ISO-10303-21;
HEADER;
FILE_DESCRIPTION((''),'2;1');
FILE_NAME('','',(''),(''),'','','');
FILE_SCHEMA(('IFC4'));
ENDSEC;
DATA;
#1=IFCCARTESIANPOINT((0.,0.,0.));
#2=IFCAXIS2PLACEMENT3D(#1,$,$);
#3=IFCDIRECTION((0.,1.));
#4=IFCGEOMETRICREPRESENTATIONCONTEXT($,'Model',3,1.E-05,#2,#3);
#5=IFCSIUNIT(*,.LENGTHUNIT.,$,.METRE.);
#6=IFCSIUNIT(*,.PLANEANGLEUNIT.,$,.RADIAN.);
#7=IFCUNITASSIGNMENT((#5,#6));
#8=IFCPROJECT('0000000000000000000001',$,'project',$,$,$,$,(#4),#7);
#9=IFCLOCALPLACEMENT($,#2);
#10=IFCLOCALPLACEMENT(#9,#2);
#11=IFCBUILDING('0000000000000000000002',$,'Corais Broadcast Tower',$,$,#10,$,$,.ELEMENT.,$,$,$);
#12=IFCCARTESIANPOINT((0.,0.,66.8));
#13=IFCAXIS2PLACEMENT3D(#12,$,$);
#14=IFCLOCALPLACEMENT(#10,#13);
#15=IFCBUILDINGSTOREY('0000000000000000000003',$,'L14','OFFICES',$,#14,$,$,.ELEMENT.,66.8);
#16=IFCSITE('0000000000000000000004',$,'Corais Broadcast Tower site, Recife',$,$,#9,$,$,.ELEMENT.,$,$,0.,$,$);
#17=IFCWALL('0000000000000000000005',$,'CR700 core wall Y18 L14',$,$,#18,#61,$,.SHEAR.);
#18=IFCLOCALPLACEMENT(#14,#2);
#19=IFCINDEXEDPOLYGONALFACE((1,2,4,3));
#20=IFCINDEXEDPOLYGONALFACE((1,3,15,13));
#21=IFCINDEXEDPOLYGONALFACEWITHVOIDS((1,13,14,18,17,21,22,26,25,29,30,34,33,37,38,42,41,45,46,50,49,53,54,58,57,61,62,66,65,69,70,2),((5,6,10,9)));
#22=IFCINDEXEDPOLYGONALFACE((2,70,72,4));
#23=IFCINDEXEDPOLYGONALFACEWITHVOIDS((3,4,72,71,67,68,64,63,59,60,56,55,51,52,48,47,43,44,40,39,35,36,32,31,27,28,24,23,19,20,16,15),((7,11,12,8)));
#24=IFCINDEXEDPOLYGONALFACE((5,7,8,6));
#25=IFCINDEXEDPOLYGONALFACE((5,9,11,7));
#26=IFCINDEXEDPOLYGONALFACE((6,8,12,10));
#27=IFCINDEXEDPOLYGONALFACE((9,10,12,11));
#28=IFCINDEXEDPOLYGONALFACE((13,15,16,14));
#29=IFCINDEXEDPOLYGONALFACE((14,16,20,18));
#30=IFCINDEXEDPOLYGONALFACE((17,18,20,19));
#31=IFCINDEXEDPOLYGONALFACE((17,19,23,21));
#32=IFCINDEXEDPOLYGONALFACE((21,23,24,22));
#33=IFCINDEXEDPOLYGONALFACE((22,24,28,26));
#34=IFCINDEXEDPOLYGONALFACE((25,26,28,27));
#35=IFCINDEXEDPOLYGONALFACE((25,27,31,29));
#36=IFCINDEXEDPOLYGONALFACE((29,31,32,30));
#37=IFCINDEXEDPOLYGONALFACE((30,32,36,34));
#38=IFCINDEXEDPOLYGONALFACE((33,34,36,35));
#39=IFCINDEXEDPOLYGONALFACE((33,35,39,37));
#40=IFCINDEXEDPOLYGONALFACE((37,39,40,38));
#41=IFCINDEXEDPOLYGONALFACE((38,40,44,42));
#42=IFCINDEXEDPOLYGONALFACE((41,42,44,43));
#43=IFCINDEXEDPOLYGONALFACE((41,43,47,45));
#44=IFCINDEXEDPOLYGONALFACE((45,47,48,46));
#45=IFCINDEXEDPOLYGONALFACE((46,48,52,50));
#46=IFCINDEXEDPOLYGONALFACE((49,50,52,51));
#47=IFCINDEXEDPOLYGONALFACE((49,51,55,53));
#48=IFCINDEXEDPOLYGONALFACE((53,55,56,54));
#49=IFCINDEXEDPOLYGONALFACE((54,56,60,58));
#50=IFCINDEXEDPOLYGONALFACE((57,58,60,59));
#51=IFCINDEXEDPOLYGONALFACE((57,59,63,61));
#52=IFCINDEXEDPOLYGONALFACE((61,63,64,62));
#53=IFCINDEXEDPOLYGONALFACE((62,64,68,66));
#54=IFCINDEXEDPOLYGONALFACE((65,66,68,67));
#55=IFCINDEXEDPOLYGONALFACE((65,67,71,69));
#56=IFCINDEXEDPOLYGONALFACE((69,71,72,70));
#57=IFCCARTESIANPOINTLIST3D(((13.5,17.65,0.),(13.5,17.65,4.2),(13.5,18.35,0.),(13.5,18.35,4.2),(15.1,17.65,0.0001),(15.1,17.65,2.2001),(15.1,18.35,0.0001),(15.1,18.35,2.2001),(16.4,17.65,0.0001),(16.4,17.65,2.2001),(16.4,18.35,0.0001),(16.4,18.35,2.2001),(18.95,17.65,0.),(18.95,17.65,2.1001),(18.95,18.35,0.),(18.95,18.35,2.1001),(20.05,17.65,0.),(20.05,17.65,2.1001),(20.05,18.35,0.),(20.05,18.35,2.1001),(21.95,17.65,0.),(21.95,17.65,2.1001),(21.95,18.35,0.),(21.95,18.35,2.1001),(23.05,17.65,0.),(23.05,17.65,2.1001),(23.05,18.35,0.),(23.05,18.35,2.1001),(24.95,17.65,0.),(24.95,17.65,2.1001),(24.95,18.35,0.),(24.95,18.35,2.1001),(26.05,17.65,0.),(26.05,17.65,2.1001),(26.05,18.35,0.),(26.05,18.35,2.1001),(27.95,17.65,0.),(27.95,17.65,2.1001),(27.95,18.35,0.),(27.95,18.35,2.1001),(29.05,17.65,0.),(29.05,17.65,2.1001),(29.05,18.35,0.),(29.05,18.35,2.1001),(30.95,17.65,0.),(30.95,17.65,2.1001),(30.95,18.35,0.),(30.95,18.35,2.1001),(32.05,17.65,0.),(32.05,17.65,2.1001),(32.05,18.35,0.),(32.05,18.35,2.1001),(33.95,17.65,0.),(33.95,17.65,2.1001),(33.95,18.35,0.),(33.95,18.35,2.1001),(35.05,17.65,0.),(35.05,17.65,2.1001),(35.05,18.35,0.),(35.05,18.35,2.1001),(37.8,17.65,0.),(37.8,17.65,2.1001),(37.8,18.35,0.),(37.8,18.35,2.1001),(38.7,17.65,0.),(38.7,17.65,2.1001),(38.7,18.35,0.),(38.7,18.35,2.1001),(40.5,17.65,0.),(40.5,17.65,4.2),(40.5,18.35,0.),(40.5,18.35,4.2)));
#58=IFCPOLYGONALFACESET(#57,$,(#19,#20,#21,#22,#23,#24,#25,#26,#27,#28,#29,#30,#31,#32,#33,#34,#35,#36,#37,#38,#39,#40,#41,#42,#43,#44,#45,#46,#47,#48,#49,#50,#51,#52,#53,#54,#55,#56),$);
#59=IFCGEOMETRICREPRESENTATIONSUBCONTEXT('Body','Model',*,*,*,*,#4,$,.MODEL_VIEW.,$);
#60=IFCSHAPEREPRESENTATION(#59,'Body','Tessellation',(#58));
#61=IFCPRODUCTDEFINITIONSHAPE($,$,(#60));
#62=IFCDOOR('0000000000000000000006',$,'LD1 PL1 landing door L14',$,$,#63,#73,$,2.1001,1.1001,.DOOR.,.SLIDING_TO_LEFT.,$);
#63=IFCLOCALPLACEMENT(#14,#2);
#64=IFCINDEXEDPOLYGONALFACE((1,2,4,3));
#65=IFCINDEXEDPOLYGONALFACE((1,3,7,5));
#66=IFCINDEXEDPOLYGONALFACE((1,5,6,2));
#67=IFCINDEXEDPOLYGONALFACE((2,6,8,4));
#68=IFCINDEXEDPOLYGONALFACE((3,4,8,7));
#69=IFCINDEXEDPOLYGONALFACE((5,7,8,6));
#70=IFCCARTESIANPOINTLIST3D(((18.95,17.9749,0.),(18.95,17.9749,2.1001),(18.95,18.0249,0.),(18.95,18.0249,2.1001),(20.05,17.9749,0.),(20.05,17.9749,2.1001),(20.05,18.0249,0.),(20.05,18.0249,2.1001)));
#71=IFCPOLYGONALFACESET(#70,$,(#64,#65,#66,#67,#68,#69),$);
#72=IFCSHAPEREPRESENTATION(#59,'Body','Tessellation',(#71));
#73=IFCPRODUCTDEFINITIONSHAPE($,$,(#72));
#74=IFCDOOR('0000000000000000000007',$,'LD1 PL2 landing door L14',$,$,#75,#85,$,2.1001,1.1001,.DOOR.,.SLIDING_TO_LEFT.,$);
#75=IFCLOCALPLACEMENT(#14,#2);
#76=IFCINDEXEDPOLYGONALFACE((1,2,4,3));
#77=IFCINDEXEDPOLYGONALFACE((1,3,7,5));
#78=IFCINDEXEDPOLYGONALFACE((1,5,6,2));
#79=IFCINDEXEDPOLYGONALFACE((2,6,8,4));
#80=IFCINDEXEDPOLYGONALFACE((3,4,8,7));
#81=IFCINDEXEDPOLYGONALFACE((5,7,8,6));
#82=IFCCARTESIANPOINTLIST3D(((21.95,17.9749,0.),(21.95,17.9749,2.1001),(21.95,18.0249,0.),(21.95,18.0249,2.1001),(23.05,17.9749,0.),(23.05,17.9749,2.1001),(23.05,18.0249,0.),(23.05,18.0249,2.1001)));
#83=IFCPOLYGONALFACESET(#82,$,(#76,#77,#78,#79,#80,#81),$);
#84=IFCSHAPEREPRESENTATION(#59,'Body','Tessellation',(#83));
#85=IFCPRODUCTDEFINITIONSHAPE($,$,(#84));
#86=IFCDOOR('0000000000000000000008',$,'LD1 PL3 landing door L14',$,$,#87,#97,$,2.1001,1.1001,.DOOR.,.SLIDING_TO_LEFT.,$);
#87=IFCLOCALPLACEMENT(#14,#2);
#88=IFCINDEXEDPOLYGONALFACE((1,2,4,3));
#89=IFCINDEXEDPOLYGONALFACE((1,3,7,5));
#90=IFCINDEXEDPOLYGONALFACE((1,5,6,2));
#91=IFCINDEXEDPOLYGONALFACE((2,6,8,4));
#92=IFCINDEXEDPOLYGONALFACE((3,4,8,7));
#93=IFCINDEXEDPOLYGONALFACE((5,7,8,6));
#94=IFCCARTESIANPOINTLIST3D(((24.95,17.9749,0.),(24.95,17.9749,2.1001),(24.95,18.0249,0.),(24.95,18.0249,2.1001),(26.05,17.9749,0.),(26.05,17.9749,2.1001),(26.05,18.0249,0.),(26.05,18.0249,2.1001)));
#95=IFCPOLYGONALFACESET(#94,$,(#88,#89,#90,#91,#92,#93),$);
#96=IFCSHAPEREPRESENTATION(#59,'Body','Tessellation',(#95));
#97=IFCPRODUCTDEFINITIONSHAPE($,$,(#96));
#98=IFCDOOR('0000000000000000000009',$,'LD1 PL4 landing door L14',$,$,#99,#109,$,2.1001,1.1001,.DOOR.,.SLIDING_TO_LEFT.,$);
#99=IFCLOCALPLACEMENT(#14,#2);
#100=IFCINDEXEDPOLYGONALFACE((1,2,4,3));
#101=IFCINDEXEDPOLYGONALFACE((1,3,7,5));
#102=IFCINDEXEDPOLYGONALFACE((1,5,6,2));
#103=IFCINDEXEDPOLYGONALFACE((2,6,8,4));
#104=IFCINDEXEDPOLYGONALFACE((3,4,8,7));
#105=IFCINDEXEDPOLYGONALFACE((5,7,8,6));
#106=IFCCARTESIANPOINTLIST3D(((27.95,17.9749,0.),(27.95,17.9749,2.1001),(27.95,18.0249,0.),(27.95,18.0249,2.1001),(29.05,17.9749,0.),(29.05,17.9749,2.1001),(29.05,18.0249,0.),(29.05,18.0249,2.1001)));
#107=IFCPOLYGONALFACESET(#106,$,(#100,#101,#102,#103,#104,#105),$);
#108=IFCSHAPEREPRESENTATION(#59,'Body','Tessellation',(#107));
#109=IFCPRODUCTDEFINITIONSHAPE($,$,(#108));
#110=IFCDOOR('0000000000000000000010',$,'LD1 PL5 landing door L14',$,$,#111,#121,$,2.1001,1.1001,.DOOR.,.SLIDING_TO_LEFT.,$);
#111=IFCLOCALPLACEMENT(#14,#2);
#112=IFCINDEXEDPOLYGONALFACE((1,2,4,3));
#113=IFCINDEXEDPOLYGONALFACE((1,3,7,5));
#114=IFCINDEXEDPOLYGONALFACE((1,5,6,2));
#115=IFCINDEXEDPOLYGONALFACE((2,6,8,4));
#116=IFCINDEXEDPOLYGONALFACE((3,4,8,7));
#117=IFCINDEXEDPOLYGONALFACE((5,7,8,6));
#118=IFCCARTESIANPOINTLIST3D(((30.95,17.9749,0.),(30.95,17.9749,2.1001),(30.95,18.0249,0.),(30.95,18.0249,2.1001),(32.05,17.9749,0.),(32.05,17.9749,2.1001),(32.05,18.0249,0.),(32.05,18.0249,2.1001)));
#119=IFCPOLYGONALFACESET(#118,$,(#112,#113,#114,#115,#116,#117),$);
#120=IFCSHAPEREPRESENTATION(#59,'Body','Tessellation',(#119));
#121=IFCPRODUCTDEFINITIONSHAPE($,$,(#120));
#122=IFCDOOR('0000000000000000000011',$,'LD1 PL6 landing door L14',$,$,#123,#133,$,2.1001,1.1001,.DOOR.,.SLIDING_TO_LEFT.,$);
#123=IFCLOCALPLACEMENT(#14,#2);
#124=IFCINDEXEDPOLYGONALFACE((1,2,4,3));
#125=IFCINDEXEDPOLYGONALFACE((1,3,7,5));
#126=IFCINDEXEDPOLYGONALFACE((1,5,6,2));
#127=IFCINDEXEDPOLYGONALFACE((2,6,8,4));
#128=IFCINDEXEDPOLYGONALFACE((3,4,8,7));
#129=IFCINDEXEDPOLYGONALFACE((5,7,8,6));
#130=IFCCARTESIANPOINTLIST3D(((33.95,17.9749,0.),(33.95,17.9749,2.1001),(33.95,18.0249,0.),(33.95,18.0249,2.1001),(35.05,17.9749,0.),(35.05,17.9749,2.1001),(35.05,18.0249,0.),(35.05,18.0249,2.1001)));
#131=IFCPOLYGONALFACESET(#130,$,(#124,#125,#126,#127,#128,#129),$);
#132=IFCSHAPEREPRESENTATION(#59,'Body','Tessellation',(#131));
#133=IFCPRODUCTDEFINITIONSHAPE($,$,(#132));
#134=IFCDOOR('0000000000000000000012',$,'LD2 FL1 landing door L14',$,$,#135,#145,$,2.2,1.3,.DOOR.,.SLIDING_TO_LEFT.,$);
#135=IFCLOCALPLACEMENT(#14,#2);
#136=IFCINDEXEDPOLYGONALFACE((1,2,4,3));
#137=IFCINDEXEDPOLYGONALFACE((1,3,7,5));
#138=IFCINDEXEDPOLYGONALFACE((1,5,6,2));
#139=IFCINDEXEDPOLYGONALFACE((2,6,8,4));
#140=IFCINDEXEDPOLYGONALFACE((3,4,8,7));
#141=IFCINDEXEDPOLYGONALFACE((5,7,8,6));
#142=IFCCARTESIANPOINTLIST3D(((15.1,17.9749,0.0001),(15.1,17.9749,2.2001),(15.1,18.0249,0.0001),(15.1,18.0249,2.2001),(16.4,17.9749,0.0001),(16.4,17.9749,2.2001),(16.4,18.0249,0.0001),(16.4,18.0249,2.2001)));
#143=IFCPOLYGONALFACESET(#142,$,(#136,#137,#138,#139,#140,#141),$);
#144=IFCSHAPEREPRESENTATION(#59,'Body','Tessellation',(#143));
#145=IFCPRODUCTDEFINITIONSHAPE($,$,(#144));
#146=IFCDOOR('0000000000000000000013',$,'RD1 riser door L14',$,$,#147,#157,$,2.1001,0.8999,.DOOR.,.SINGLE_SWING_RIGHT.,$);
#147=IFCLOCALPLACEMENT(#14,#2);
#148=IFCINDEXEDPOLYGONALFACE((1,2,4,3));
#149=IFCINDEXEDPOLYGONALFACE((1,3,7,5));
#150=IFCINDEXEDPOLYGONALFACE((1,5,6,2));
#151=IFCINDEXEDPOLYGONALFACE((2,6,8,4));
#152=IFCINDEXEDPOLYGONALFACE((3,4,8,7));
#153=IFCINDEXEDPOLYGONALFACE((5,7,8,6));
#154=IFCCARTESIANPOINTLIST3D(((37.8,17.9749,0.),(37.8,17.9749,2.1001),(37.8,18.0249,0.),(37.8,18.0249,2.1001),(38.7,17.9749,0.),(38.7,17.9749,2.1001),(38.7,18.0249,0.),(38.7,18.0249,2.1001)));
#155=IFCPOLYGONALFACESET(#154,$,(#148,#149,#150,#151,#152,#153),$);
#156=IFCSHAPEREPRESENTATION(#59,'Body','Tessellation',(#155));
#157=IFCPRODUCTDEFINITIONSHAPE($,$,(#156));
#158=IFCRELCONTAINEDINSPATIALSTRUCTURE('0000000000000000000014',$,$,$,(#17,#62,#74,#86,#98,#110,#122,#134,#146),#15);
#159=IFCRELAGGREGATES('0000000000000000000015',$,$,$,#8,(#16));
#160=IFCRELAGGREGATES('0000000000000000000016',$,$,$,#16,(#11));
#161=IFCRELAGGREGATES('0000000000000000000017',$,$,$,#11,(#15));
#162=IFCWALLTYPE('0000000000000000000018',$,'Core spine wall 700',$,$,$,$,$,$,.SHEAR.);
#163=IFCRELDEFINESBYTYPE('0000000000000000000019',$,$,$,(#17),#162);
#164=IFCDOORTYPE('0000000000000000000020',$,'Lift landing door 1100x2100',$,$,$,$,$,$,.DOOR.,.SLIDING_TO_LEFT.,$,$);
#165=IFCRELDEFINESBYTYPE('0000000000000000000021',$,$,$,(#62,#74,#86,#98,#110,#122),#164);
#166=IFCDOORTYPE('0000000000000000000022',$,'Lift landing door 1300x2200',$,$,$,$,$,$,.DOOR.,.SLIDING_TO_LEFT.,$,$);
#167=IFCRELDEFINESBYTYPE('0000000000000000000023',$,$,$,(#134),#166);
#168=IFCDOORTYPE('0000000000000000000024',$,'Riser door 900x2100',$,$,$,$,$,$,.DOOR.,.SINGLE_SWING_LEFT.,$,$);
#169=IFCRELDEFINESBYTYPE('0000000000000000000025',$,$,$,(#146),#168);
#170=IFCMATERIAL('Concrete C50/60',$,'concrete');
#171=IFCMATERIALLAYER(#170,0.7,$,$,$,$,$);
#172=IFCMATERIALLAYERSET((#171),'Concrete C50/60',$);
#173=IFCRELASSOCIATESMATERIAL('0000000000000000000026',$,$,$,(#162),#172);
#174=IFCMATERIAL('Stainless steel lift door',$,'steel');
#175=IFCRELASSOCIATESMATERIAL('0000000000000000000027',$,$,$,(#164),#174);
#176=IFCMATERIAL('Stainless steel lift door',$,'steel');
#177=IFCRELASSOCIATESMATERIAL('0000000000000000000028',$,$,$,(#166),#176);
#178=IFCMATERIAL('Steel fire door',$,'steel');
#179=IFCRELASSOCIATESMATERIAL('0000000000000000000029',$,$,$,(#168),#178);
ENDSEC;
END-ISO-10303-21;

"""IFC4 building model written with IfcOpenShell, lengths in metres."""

from ifc_helpers import new_model, si_unit, direction, frame, frame_2d, origin, place, context, subcontext, project, spatial, rectangle, extrude, material, layer, layer_set, type_object, element, fill, save


model = new_model("IFC4")

# Units and contexts
model_context = context("Model", 3, precision=1e-05, world=origin(), true_north=direction((0.0, 1.0)))
body_context = subcontext(model_context, "Body", "Model", "MODEL_VIEW")
ifc_project = project(units=[si_unit("LENGTHUNIT", "METRE"), si_unit("PLANEANGLEUNIT", "RADIAN")], contexts=[model_context])

# Site, building, storey
site_placement = place(None, origin())
site = spatial("IfcSite", under=ifc_project, at=site_placement, Name="Corais Broadcast Tower site, Recife", CompositionType="ELEMENT", RefElevation=0.0)
building_placement = place(site_placement, origin())
building = spatial("IfcBuilding", under=site, at=building_placement, Name="Corais Broadcast Tower", CompositionType="ELEMENT")
storey_placement = place(building_placement, frame((0.0, 0.0, 66.8)))
storey = spatial("IfcBuildingStorey", under=building, at=storey_placement, Name="L14", Description="OFFICES", CompositionType="ELEMENT", Elevation=66.8)

# Wall, openings, doors
ifc_material_1 = material(Name="Concrete C50/60", Category="concrete")
ifc_layer_1 = layer(ifc_material_1, 0.7)
ifc_layer_set_1 = layer_set([ifc_layer_1], Name="Concrete C50/60")
wall_type_1 = type_object("IfcWallType", Name="Core spine wall 700", PredefinedType="SHEAR", material=ifc_layer_set_1)
wall_1_placement = place(storey_placement, frame((13.5, 18.0, 0.0), z_axis=(0.0, 0.0, 1.0), x_axis=(1.0, 0.0, 0.0)))
wall_1 = element("IfcWall", 1, at=wall_1_placement, inside=storey, type_object=wall_type_1, Name="CR700 core wall Y18 L14", PredefinedType="SHEAR", context=body_context, shape_type="SweptSolid", body=[
    extrude(rectangle(XDim=27.0, YDim=0.7, at=frame_2d((13.5, 0.0))), origin(), (0.0, 0.0, 1.0), 4.2),
])
opening_1_placement = place(wall_1_placement, frame((24.3, 0.0, 0.0)))
opening_1 = element("IfcOpeningElement", 2, at=opening_1_placement, cuts=wall_1, PredefinedType="OPENING", context=body_context, shape_type="SweptSolid", body=[
    extrude(rectangle(XDim=0.8999, YDim=2.1001, at=frame_2d((0.45, 1.05))), frame((0.0, 0.3599, 0.0), z_axis=(0.0, -1.0, 0.0), x_axis=(1.0, 0.0, 0.0)), (0.0, 0.0, 1.0), 0.72),
])
opening_2_placement = place(wall_1_placement, frame((5.45, 0.0, 0.0)))
opening_2 = element("IfcOpeningElement", 3, at=opening_2_placement, cuts=wall_1, PredefinedType="OPENING", context=body_context, shape_type="SweptSolid", body=[
    extrude(rectangle(XDim=1.1001, YDim=2.1001, at=frame_2d((0.55, 1.05))), frame((0.0, 0.3599, 0.0), z_axis=(0.0, -1.0, 0.0), x_axis=(1.0, 0.0, 0.0)), (0.0, 0.0, 1.0), 0.72),
])
opening_3_placement = place(wall_1_placement, frame((8.45, 0.0, 0.0)))
opening_3 = element("IfcOpeningElement", 4, at=opening_3_placement, cuts=wall_1, PredefinedType="OPENING", context=body_context, shape_type="SweptSolid", body=[
    extrude(rectangle(XDim=1.1001, YDim=2.1001, at=frame_2d((0.55, 1.05))), frame((0.0, 0.3599, 0.0), z_axis=(0.0, -1.0, 0.0), x_axis=(1.0, 0.0, 0.0)), (0.0, 0.0, 1.0), 0.72),
])
opening_4_placement = place(wall_1_placement, frame((11.45, 0.0, 0.0)))
opening_4 = element("IfcOpeningElement", 5, at=opening_4_placement, cuts=wall_1, PredefinedType="OPENING", context=body_context, shape_type="SweptSolid", body=[
    extrude(rectangle(XDim=1.1001, YDim=2.1001, at=frame_2d((0.55, 1.05))), frame((0.0, 0.3599, 0.0), z_axis=(0.0, -1.0, 0.0), x_axis=(1.0, 0.0, 0.0)), (0.0, 0.0, 1.0), 0.72),
])
opening_5_placement = place(wall_1_placement, frame((14.45, 0.0, 0.0)))
opening_5 = element("IfcOpeningElement", 6, at=opening_5_placement, cuts=wall_1, PredefinedType="OPENING", context=body_context, shape_type="SweptSolid", body=[
    extrude(rectangle(XDim=1.1001, YDim=2.1001, at=frame_2d((0.55, 1.05))), frame((0.0, 0.3599, 0.0), z_axis=(0.0, -1.0, 0.0), x_axis=(1.0, 0.0, 0.0)), (0.0, 0.0, 1.0), 0.72),
])
opening_6_placement = place(wall_1_placement, frame((17.45, 0.0, 0.0)))
opening_6 = element("IfcOpeningElement", 7, at=opening_6_placement, cuts=wall_1, PredefinedType="OPENING", context=body_context, shape_type="SweptSolid", body=[
    extrude(rectangle(XDim=1.1001, YDim=2.1001, at=frame_2d((0.55, 1.05))), frame((0.0, 0.3599, 0.0), z_axis=(0.0, -1.0, 0.0), x_axis=(1.0, 0.0, 0.0)), (0.0, 0.0, 1.0), 0.72),
])
opening_7_placement = place(wall_1_placement, frame((20.45, 0.0, 0.0)))
opening_7 = element("IfcOpeningElement", 8, at=opening_7_placement, cuts=wall_1, PredefinedType="OPENING", context=body_context, shape_type="SweptSolid", body=[
    extrude(rectangle(XDim=1.1001, YDim=2.1001, at=frame_2d((0.55, 1.05))), frame((0.0, 0.3599, 0.0), z_axis=(0.0, -1.0, 0.0), x_axis=(1.0, 0.0, 0.0)), (0.0, 0.0, 1.0), 0.72),
])
opening_8_placement = place(wall_1_placement, frame((1.6001, 0.0, 0.0)))
opening_8 = element("IfcOpeningElement", 9, at=opening_8_placement, cuts=wall_1, PredefinedType="OPENING", context=body_context, shape_type="SweptSolid", body=[
    extrude(rectangle(XDim=1.3, YDim=2.2, at=frame_2d((0.6499, 1.1001))), frame((0.0, 0.3599, 0.0), z_axis=(0.0, -1.0, 0.0), x_axis=(1.0, 0.0, 0.0)), (0.0, 0.0, 1.0), 0.72),
])
ifc_material_2 = material(Name="Stainless steel lift door", Category="steel")
door_type_1 = type_object("IfcDoorType", Name="Lift landing door 1100x2100", OperationType="SLIDING_TO_LEFT", PredefinedType="DOOR", material=ifc_material_2)
door_1_placement = place(opening_2_placement, origin())
door_1 = element("IfcDoor", 10, at=door_1_placement, inside=storey, type_object=door_type_1, Name="LD1 PL1 landing door L14", OperationType="SLIDING_TO_LEFT", OverallHeight=2.1001, OverallWidth=1.1001, PredefinedType="DOOR", context=body_context, shape_type="SweptSolid", body=[
    extrude(rectangle(XDim=1.1001, YDim=2.1001, at=frame_2d((0.55, 1.05))), frame((0.0, 0.0249, 0.0), z_axis=(0.0, -1.0, 0.0), x_axis=(1.0, 0.0, 0.0)), (0.0, 0.0, 1.0), 0.05),
])
fill(opening_2, door_1)
door_2_placement = place(opening_3_placement, origin())
door_2 = element("IfcDoor", 11, at=door_2_placement, inside=storey, type_object=door_type_1, Name="LD1 PL2 landing door L14", OperationType="SLIDING_TO_LEFT", OverallHeight=2.1001, OverallWidth=1.1001, PredefinedType="DOOR", context=body_context, shape_type="SweptSolid", body=[
    extrude(rectangle(XDim=1.1001, YDim=2.1001, at=frame_2d((0.55, 1.05))), frame((0.0, 0.0249, 0.0), z_axis=(0.0, -1.0, 0.0), x_axis=(1.0, 0.0, 0.0)), (0.0, 0.0, 1.0), 0.05),
])
fill(opening_3, door_2)
door_3_placement = place(opening_4_placement, origin())
door_3 = element("IfcDoor", 12, at=door_3_placement, inside=storey, type_object=door_type_1, Name="LD1 PL3 landing door L14", OperationType="SLIDING_TO_LEFT", OverallHeight=2.1001, OverallWidth=1.1001, PredefinedType="DOOR", context=body_context, shape_type="SweptSolid", body=[
    extrude(rectangle(XDim=1.1001, YDim=2.1001, at=frame_2d((0.55, 1.05))), frame((0.0, 0.0249, 0.0), z_axis=(0.0, -1.0, 0.0), x_axis=(1.0, 0.0, 0.0)), (0.0, 0.0, 1.0), 0.05),
])
fill(opening_4, door_3)
door_4_placement = place(opening_5_placement, origin())
door_4 = element("IfcDoor", 13, at=door_4_placement, inside=storey, type_object=door_type_1, Name="LD1 PL4 landing door L14", OperationType="SLIDING_TO_LEFT", OverallHeight=2.1001, OverallWidth=1.1001, PredefinedType="DOOR", context=body_context, shape_type="SweptSolid", body=[
    extrude(rectangle(XDim=1.1001, YDim=2.1001, at=frame_2d((0.55, 1.05))), frame((0.0, 0.0249, 0.0), z_axis=(0.0, -1.0, 0.0), x_axis=(1.0, 0.0, 0.0)), (0.0, 0.0, 1.0), 0.05),
])
fill(opening_5, door_4)
door_5_placement = place(opening_6_placement, origin())
door_5 = element("IfcDoor", 14, at=door_5_placement, inside=storey, type_object=door_type_1, Name="LD1 PL5 landing door L14", OperationType="SLIDING_TO_LEFT", OverallHeight=2.1001, OverallWidth=1.1001, PredefinedType="DOOR", context=body_context, shape_type="SweptSolid", body=[
    extrude(rectangle(XDim=1.1001, YDim=2.1001, at=frame_2d((0.55, 1.05))), frame((0.0, 0.0249, 0.0), z_axis=(0.0, -1.0, 0.0), x_axis=(1.0, 0.0, 0.0)), (0.0, 0.0, 1.0), 0.05),
])
fill(opening_6, door_5)
door_6_placement = place(opening_7_placement, origin())
door_6 = element("IfcDoor", 15, at=door_6_placement, inside=storey, type_object=door_type_1, Name="LD1 PL6 landing door L14", OperationType="SLIDING_TO_LEFT", OverallHeight=2.1001, OverallWidth=1.1001, PredefinedType="DOOR", context=body_context, shape_type="SweptSolid", body=[
    extrude(rectangle(XDim=1.1001, YDim=2.1001, at=frame_2d((0.55, 1.05))), frame((0.0, 0.0249, 0.0), z_axis=(0.0, -1.0, 0.0), x_axis=(1.0, 0.0, 0.0)), (0.0, 0.0, 1.0), 0.05),
])
fill(opening_7, door_6)
ifc_material_3 = material(Name="Stainless steel lift door", Category="steel")
door_type_2 = type_object("IfcDoorType", Name="Lift landing door 1300x2200", OperationType="SLIDING_TO_LEFT", PredefinedType="DOOR", material=ifc_material_3)
door_7_placement = place(opening_8_placement, origin())
door_7 = element("IfcDoor", 16, at=door_7_placement, inside=storey, type_object=door_type_2, Name="LD2 FL1 landing door L14", OperationType="SLIDING_TO_LEFT", OverallHeight=2.2, OverallWidth=1.3, PredefinedType="DOOR", context=body_context, shape_type="SweptSolid", body=[
    extrude(rectangle(XDim=1.3, YDim=2.2, at=frame_2d((0.6499, 1.1001))), frame((0.0, 0.0249, 0.0), z_axis=(0.0, -1.0, 0.0), x_axis=(1.0, 0.0, 0.0)), (0.0, 0.0, 1.0), 0.05),
])
fill(opening_8, door_7)
ifc_material_4 = material(Name="Steel fire door", Category="steel")
door_type_3 = type_object("IfcDoorType", Name="Riser door 900x2100", OperationType="SINGLE_SWING_LEFT", PredefinedType="DOOR", material=ifc_material_4)
door_8_placement = place(opening_1_placement, origin())
door_8 = element("IfcDoor", 17, at=door_8_placement, inside=storey, type_object=door_type_3, Name="RD1 riser door L14", OperationType="SINGLE_SWING_RIGHT", OverallHeight=2.1001, OverallWidth=0.8999, PredefinedType="DOOR", context=body_context, shape_type="SweptSolid", body=[
    extrude(rectangle(XDim=0.8999, YDim=2.1001, at=frame_2d((0.45, 1.05))), frame((0.0, 0.0249, 0.0), z_axis=(0.0, -1.0, 0.0), x_axis=(1.0, 0.0, 0.0)), (0.0, 0.0, 1.0), 0.05),
])
fill(opening_1, door_8)

save(model, "model.ifc")
